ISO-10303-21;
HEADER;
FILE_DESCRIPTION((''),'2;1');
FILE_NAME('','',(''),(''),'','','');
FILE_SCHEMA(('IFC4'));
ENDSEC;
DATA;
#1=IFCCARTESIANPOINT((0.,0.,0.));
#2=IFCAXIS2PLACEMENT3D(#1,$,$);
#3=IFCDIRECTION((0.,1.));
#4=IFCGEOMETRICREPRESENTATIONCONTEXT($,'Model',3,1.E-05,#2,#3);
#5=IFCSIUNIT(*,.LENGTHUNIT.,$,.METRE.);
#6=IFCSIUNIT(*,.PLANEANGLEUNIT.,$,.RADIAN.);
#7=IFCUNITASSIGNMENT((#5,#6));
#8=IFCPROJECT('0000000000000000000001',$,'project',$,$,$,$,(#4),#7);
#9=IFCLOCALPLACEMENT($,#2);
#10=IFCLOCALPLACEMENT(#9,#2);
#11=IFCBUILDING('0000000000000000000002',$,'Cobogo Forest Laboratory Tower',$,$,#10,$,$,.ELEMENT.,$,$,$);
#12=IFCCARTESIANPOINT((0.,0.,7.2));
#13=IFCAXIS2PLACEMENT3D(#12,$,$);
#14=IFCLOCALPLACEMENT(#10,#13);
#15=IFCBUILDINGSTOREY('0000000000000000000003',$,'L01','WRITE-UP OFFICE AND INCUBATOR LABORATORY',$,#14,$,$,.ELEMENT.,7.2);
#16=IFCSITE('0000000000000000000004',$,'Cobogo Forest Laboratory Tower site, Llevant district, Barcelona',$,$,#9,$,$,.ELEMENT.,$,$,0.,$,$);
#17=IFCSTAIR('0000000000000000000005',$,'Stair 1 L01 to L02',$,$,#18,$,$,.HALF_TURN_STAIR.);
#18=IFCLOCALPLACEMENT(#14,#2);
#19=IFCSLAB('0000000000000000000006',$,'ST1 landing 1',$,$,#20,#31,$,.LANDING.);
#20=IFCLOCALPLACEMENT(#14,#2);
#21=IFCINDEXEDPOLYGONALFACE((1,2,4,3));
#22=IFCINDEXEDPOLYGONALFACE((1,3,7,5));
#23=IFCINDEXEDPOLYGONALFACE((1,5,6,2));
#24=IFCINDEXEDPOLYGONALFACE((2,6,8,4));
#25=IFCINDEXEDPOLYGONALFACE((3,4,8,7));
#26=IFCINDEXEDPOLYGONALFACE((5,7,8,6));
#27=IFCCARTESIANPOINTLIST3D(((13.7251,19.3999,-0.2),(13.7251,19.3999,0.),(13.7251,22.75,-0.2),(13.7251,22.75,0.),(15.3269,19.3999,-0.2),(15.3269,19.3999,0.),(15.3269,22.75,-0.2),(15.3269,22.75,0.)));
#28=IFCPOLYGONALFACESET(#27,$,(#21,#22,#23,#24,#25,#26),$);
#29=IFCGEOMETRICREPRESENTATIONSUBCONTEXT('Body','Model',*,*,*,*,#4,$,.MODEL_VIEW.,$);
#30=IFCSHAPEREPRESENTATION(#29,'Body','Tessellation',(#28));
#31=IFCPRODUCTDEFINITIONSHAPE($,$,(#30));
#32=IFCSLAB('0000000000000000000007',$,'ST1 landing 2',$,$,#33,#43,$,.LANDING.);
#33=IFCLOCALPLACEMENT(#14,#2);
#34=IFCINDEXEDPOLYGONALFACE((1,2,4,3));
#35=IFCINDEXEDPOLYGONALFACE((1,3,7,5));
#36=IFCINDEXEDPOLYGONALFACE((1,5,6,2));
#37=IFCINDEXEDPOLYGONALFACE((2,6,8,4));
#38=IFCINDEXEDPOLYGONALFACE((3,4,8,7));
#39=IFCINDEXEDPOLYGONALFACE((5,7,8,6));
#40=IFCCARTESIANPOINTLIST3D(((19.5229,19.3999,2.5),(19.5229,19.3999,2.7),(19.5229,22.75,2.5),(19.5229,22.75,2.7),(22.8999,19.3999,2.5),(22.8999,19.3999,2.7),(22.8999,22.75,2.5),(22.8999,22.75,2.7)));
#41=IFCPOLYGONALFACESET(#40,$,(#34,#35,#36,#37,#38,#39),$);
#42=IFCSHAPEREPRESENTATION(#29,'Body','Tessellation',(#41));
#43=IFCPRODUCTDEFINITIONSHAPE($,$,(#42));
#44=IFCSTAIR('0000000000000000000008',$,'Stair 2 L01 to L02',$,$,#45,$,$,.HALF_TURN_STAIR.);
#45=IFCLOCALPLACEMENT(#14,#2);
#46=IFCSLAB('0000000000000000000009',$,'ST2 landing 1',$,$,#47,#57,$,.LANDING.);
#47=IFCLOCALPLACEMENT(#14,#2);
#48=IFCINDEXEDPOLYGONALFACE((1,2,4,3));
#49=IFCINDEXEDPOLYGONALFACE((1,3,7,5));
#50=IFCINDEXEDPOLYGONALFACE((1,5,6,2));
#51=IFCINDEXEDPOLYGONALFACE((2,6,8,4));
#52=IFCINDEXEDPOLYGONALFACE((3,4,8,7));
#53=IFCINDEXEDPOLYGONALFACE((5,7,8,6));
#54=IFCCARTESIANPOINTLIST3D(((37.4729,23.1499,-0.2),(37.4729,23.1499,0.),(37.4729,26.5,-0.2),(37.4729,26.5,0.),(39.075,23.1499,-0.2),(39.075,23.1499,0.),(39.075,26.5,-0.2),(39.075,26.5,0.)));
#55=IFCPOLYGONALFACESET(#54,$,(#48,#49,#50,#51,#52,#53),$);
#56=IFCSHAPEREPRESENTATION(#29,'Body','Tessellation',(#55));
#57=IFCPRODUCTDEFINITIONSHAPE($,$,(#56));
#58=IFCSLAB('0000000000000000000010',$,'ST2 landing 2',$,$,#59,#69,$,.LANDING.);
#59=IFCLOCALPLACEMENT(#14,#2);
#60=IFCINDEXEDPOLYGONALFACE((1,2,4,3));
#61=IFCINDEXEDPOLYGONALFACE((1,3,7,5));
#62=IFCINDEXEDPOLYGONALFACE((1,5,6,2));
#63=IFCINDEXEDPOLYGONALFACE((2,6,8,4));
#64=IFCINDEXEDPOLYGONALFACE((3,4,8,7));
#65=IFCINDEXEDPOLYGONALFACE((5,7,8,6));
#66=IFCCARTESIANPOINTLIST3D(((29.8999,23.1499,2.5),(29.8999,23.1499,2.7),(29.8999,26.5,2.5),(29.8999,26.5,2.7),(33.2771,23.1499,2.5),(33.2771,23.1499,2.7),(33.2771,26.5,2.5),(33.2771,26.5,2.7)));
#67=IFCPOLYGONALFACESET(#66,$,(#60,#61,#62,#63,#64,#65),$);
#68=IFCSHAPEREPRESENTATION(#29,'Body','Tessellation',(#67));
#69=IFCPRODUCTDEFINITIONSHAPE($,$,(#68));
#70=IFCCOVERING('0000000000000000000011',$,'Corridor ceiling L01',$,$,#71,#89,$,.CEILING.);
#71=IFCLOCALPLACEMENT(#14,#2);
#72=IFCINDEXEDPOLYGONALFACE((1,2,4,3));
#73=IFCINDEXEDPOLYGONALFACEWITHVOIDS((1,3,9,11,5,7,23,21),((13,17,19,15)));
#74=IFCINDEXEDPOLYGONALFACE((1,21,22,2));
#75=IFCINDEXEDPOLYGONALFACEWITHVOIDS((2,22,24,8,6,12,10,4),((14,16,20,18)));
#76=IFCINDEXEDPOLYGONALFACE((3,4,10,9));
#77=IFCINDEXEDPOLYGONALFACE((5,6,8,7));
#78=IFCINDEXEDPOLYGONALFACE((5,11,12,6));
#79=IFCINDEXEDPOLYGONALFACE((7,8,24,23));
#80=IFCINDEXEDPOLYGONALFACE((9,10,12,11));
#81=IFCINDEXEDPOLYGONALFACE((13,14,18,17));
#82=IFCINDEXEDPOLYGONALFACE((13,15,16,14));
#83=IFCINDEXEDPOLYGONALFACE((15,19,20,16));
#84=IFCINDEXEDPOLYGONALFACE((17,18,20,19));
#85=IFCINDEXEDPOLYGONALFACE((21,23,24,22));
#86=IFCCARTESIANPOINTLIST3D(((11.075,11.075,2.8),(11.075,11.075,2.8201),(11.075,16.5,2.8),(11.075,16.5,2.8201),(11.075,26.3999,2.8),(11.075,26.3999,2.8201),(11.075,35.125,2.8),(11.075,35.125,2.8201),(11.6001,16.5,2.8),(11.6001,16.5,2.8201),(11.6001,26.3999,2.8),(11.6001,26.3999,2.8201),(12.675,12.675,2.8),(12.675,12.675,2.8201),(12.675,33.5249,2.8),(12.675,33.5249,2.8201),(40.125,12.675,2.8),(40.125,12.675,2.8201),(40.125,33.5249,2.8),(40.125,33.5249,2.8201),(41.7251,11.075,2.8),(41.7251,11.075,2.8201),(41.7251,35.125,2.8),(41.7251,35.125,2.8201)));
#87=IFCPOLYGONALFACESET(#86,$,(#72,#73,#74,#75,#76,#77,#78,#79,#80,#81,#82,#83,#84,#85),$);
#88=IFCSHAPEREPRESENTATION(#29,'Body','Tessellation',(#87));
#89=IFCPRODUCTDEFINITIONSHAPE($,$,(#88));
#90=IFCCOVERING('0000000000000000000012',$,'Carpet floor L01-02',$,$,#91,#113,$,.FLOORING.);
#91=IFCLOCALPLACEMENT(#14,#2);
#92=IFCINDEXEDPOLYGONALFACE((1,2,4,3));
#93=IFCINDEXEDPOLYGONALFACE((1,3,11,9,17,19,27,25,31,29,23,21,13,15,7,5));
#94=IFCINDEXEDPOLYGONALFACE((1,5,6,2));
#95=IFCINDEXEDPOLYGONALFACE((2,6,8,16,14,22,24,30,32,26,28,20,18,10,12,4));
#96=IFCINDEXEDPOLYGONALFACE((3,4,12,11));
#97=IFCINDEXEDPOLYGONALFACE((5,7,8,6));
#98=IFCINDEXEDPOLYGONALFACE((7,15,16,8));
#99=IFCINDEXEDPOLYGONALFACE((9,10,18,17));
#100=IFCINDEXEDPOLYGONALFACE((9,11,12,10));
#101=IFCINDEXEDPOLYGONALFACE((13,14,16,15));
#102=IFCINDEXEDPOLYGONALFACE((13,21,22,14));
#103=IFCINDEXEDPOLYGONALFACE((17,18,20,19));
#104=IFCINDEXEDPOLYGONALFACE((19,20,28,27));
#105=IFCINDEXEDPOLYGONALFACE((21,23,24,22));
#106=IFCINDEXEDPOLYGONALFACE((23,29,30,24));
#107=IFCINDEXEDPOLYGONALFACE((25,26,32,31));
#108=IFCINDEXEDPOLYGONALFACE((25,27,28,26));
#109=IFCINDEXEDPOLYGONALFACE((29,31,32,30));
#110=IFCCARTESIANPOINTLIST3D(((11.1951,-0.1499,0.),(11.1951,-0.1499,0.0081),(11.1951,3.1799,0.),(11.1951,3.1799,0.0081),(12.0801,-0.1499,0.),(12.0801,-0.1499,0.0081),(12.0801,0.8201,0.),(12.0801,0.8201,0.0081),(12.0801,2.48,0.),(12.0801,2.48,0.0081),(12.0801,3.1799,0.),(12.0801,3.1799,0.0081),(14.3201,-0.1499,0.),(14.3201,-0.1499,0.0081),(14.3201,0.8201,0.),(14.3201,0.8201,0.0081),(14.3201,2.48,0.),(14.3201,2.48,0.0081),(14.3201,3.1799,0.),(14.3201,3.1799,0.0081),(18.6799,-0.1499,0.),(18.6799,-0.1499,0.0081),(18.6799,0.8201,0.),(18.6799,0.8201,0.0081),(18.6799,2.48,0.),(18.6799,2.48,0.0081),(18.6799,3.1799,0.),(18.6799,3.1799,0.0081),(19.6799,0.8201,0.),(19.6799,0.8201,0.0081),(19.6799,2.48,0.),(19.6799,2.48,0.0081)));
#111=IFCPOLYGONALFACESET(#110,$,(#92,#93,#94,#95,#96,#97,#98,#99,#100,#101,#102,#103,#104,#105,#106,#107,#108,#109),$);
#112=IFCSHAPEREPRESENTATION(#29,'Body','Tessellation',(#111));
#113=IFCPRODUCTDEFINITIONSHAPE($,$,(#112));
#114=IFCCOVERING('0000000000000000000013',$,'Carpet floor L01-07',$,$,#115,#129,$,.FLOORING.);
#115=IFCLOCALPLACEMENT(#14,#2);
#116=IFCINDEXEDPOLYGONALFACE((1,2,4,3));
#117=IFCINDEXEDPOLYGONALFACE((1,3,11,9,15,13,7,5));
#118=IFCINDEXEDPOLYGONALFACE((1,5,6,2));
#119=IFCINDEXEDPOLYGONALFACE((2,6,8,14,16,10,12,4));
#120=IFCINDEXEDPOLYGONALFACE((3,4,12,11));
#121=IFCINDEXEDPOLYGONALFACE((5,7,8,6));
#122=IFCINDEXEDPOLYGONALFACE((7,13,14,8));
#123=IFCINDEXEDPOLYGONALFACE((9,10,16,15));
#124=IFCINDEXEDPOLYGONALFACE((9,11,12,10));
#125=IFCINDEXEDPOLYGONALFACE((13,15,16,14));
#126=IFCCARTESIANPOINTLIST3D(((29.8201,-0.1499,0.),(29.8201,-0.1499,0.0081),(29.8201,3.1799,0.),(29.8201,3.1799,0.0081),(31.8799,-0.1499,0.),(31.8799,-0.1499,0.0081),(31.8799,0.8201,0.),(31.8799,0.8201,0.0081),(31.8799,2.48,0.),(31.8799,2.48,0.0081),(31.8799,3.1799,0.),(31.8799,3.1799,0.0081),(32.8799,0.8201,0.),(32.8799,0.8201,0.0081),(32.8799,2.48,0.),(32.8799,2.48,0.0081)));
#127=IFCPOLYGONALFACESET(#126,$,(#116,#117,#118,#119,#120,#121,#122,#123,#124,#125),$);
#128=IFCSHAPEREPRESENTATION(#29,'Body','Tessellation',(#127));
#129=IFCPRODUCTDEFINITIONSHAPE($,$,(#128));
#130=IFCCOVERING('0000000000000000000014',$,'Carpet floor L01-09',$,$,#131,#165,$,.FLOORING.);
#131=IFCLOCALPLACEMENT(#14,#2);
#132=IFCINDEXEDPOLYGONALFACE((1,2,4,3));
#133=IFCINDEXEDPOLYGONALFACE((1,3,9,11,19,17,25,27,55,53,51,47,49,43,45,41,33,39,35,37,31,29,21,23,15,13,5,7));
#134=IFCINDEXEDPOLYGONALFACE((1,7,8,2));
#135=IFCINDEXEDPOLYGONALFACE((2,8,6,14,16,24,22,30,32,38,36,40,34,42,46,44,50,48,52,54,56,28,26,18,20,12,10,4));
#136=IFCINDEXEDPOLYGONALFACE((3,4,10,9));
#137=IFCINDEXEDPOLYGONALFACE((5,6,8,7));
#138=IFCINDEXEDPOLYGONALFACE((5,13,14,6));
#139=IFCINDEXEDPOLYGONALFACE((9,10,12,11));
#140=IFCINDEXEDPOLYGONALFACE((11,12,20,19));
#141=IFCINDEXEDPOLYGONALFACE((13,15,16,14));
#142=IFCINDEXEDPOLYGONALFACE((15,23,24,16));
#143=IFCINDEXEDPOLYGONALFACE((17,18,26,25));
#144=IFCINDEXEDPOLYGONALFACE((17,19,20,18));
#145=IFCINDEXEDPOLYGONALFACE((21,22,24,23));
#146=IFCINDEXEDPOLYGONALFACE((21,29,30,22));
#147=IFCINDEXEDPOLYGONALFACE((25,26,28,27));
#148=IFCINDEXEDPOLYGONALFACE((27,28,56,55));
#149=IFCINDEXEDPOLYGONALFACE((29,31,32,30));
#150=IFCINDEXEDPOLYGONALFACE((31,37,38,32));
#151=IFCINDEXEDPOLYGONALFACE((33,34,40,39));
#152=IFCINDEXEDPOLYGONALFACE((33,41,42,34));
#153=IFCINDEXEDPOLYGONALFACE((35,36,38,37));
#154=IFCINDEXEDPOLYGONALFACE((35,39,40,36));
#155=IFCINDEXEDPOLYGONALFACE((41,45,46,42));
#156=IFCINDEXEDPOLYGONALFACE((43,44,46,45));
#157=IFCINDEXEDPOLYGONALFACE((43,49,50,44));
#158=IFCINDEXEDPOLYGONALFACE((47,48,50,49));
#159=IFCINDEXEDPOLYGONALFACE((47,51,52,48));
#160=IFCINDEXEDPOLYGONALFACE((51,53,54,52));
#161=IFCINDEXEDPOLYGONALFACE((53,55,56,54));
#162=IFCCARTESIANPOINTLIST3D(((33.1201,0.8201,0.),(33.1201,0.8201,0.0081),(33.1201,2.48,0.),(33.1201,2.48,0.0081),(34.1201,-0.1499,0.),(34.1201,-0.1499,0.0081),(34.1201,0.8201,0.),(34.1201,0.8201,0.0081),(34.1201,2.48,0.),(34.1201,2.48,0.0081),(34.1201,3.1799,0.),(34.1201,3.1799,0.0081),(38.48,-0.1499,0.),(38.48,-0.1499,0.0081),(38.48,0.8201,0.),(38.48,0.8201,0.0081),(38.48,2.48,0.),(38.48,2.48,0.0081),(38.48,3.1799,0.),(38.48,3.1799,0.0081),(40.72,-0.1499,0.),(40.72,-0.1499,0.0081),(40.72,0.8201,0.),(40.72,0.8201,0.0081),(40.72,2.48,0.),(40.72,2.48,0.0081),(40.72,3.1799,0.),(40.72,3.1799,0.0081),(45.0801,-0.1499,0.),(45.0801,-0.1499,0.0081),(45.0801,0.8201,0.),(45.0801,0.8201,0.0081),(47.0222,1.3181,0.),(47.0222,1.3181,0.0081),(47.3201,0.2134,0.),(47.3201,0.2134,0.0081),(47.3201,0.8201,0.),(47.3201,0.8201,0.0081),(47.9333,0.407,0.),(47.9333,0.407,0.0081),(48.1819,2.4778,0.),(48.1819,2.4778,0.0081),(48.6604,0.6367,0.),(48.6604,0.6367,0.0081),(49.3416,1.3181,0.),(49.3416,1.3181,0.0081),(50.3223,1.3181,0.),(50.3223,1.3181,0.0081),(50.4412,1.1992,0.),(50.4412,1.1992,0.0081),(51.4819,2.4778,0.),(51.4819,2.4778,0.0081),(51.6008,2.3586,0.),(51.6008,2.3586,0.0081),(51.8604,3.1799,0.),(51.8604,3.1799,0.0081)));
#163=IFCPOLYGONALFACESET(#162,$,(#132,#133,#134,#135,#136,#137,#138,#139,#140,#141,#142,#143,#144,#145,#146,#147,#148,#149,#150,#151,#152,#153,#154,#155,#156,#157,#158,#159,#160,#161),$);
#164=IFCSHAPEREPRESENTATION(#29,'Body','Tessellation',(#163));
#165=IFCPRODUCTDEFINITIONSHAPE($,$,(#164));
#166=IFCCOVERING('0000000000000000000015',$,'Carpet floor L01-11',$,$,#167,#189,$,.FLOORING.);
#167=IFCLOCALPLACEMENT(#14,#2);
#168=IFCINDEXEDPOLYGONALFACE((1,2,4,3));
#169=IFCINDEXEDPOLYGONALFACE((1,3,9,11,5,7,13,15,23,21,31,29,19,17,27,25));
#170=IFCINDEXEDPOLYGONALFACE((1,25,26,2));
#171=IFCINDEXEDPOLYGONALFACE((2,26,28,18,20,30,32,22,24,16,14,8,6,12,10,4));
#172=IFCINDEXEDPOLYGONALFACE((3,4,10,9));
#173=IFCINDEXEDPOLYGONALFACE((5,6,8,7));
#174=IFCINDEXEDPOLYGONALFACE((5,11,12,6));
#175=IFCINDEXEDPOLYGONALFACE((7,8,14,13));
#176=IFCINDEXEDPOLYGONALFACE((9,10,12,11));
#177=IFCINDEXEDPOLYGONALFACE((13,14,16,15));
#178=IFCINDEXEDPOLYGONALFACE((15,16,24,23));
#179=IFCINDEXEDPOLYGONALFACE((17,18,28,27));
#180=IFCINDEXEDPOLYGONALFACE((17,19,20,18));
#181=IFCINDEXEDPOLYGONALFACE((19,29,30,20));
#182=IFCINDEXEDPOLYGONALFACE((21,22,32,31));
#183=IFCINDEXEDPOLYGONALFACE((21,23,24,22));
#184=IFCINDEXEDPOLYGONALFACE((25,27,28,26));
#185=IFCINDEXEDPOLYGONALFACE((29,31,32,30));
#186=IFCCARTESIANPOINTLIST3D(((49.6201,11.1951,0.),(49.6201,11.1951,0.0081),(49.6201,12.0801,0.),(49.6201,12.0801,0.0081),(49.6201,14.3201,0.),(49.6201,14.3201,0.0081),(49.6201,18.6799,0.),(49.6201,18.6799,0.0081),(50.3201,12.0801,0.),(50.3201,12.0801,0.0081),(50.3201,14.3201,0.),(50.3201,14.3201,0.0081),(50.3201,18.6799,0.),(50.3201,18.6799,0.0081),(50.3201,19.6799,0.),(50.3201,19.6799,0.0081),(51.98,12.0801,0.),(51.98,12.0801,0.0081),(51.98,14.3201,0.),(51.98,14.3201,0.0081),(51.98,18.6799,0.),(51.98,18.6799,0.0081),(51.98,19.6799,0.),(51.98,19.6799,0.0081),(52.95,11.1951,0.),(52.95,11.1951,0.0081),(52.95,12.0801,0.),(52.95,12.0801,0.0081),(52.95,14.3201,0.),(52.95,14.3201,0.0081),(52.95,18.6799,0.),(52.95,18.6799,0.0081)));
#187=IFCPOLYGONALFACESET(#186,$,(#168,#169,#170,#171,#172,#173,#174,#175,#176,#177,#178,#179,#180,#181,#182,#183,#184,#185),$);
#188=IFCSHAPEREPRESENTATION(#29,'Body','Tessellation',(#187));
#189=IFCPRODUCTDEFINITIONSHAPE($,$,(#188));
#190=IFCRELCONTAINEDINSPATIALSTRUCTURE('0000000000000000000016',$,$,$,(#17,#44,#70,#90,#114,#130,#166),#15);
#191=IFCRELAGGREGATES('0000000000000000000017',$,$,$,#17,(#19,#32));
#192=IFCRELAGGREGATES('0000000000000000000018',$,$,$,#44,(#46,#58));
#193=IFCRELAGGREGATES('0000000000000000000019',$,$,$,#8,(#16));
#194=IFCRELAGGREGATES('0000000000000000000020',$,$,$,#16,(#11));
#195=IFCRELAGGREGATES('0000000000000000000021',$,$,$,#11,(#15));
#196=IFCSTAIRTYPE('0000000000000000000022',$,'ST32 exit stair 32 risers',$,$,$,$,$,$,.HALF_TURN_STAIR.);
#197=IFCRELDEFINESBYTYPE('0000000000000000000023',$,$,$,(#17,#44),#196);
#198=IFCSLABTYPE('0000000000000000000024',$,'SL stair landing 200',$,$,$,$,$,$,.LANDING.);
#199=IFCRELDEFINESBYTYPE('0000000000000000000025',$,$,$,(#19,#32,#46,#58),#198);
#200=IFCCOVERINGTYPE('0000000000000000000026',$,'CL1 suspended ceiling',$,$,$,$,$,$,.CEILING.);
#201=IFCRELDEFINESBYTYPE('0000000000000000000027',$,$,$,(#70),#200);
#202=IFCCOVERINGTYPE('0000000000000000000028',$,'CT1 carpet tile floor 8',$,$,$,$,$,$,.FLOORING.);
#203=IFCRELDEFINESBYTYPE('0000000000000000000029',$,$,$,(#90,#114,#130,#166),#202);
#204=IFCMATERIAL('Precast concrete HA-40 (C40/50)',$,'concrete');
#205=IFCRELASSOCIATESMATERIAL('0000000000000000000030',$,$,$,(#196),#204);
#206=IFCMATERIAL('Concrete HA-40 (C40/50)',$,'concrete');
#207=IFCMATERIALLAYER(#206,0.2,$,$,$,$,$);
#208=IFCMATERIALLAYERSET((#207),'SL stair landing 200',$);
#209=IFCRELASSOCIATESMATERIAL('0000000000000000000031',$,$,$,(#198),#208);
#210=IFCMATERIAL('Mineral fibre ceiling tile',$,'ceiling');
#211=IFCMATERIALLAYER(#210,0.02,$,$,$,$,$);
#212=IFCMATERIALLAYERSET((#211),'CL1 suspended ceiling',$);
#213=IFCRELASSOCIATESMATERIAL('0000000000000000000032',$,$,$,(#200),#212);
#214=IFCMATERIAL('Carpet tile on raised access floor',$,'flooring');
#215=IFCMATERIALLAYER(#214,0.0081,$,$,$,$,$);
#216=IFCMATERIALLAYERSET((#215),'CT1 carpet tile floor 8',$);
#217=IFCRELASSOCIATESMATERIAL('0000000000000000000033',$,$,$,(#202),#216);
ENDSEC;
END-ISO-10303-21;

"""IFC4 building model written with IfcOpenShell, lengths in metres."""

from ifc_helpers import new_model, si_unit, direction, frame, origin, place, context, subcontext, project, spatial, polyline, outline, extrude, material, layer, layer_set, type_object, element, aggregate, save


model = new_model("IFC4")

# Units and contexts
model_context = context("Model", 3, precision=1e-05, world=origin(), true_north=direction((0.0, 1.0)))
body_context = subcontext(model_context, "Body", "Model", "MODEL_VIEW")
ifc_project = project(units=[si_unit("LENGTHUNIT", "METRE"), si_unit("PLANEANGLEUNIT", "RADIAN")], contexts=[model_context])

# Site, building, storey
site_placement = place(None, origin())
site = spatial("IfcSite", under=ifc_project, at=site_placement, Name="Cobogo Forest Laboratory Tower site, Llevant district, Barcelona", CompositionType="ELEMENT", RefElevation=0.0)
building_placement = place(site_placement, origin())
building = spatial("IfcBuilding", under=site, at=building_placement, Name="Cobogo Forest Laboratory Tower", CompositionType="ELEMENT")
storey_placement = place(building_placement, frame((0.0, 0.0, 7.2)))
storey = spatial("IfcBuildingStorey", under=building, at=storey_placement, Name="L01", Description="WRITE-UP OFFICE AND INCUBATOR LABORATORY", CompositionType="ELEMENT", Elevation=7.2)

# Shared definitions
ifc_material_1 = material(Name="Concrete HA-40 (C40/50)", Category="concrete")

# Stairs, slabs
ifc_material_2 = material(Name="Precast concrete HA-40 (C40/50)", Category="concrete")
stair_type = type_object("IfcStairType", Name="ST32 exit stair 32 risers", PredefinedType="HALF_TURN_STAIR", material=ifc_material_2)
stair_1_placement = place(storey_placement, origin())
stair_1 = element("IfcStair", 1, at=stair_1_placement, inside=storey, type_object=stair_type, Name="Stair 1 L01 to L02", PredefinedType="HALF_TURN_STAIR")
ifc_layer_1 = layer(ifc_material_1, 0.2)
ifc_layer_set_1 = layer_set([ifc_layer_1], Name="SL stair landing 200")
slab_type_1 = type_object("IfcSlabType", Name="SL stair landing 200", PredefinedType="LANDING", material=ifc_layer_set_1)
slab_1_placement = place(storey_placement, frame((0.0, 0.0, -0.2)))
slab_1 = element("IfcSlab", 2, at=slab_1_placement, type_object=slab_type_1, Name="ST1 landing 1", PredefinedType="LANDING", context=body_context, shape_type="SweptSolid", body=[
    extrude(outline(polyline([(13.7251, 19.3999), (15.3269, 19.3999), (15.3269, 22.75), (13.7251, 22.75), (13.7251, 19.3999)])), origin(), (0.0, 0.0, 1.0), 0.2),
])
slab_2_placement = place(storey_placement, frame((0.0, 0.0, 2.5)))
slab_2 = element("IfcSlab", 3, at=slab_2_placement, type_object=slab_type_1, Name="ST1 landing 2", PredefinedType="LANDING", context=body_context, shape_type="SweptSolid", body=[
    extrude(outline(polyline([(19.5229, 19.3999), (22.8999, 19.3999), (22.8999, 22.75), (19.5229, 22.75), (19.5229, 19.3999)])), origin(), (0.0, 0.0, 1.0), 0.2),
])
aggregate(stair_1, [slab_1, slab_2])
stair_2_placement = place(storey_placement, origin())
stair_2 = element("IfcStair", 4, at=stair_2_placement, inside=storey, type_object=stair_type, Name="Stair 2 L01 to L02", PredefinedType="HALF_TURN_STAIR")
slab_3_placement = place(storey_placement, frame((0.0, 0.0, -0.2)))
slab_3 = element("IfcSlab", 5, at=slab_3_placement, type_object=slab_type_1, Name="ST2 landing 1", PredefinedType="LANDING", context=body_context, shape_type="SweptSolid", body=[
    extrude(outline(polyline([(37.4729, 23.1499), (39.075, 23.1499), (39.075, 26.5), (37.4729, 26.5), (37.4729, 23.1499)])), origin(), (0.0, 0.0, 1.0), 0.2),
])
slab_4_placement = place(storey_placement, frame((0.0, 0.0, 2.5)))
slab_4 = element("IfcSlab", 6, at=slab_4_placement, type_object=slab_type_1, Name="ST2 landing 2", PredefinedType="LANDING", context=body_context, shape_type="SweptSolid", body=[
    extrude(outline(polyline([(29.8999, 23.1499), (33.2771, 23.1499), (33.2771, 26.5), (29.8999, 26.5), (29.8999, 23.1499)])), origin(), (0.0, 0.0, 1.0), 0.2),
])
aggregate(stair_2, [slab_3, slab_4])

# Coverings
ifc_material_3 = material(Name="Mineral fibre ceiling tile", Category="ceiling")
ifc_layer_2 = layer(ifc_material_3, 0.02)
ifc_layer_set_2 = layer_set([ifc_layer_2], Name="CL1 suspended ceiling")
covering_type_1 = type_object("IfcCoveringType", Name="CL1 suspended ceiling", PredefinedType="CEILING", material=ifc_layer_set_2)
covering_1_placement = place(storey_placement, frame((0.0, 0.0, 2.8)))
element("IfcCovering", 7, at=covering_1_placement, inside=storey, type_object=covering_type_1, Name="Corridor ceiling L01", PredefinedType="CEILING", context=body_context, shape_type="SweptSolid", body=[
    extrude(outline(polyline([(11.075, 16.5), (11.6001, 16.5), (11.6001, 26.3999), (11.075, 26.3999), (11.075, 35.125), (41.7251, 35.125), (41.7251, 11.075), (11.075, 11.075), (11.075, 16.5)]), holes=[polyline([(12.675, 33.5249), (12.675, 12.675), (40.125, 12.675), (40.125, 33.5249), (12.675, 33.5249)])]), origin(), (0.0, 0.0, 1.0), 0.02),
])
ifc_material_4 = material(Name="Carpet tile on raised access floor", Category="flooring")
ifc_layer_3 = layer(ifc_material_4, 0.0081)
ifc_layer_set_3 = layer_set([ifc_layer_3], Name="CT1 carpet tile floor 8")
covering_type_2 = type_object("IfcCoveringType", Name="CT1 carpet tile floor 8", PredefinedType="FLOORING", material=ifc_layer_set_3)
covering_2_placement = place(storey_placement, origin())
element("IfcCovering", 8, at=covering_2_placement, inside=storey, type_object=covering_type_2, Name="Carpet floor L01-02", PredefinedType="FLOORING", context=body_context, shape_type="SweptSolid", body=[
    extrude(outline(polyline([(12.0801, 3.1799), (12.0801, 2.48), (14.3201, 2.48), (14.3201, 3.1799), (18.6799, 3.1799), (18.6799, 2.48), (19.6799, 2.48), (19.6799, 0.8201), (18.6799, 0.8201), (18.6799, -0.1499), (14.3201, -0.1499), (14.3201, 0.8201), (12.0801, 0.8201), (12.0801, -0.1499), (11.1951, -0.1499), (11.1951, 3.1799), (12.0801, 3.1799)])), origin(), (0.0, 0.0, 1.0), 0.0081),
])
covering_3_placement = place(storey_placement, origin())
element("IfcCovering", 9, at=covering_3_placement, inside=storey, type_object=covering_type_2, Name="Carpet floor L01-07", PredefinedType="FLOORING", context=body_context, shape_type="SweptSolid", body=[
    extrude(outline(polyline([(31.8799, 3.1799), (31.8799, 2.48), (32.8799, 2.48), (32.8799, 0.8201), (31.8799, 0.8201), (31.8799, -0.1499), (29.8201, -0.1499), (29.8201, 3.1799), (31.8799, 3.1799)])), origin(), (0.0, 0.0, 1.0), 0.0081),
])
covering_4_placement = place(storey_placement, origin())
element("IfcCovering", 10, at=covering_4_placement, inside=storey, type_object=covering_type_2, Name="Carpet floor L01-09", PredefinedType="FLOORING", context=body_context, shape_type="SweptSolid", body=[
    extrude(outline(polyline([(38.48, 3.1799), (38.48, 2.48), (40.72, 2.48), (40.72, 3.1799), (51.8604, 3.1799), (51.6008, 2.3586), (51.4819, 2.4778), (50.3223, 1.3181), (50.4412, 1.1992), (48.6604, 0.6367), (49.3416, 1.3181), (48.1819, 2.4778), (47.0222, 1.3181), (47.9333, 0.407), (47.3201, 0.2134), (47.3201, 0.8201), (45.0801, 0.8201), (45.0801, -0.1499), (40.72, -0.1499), (40.72, 0.8201), (38.48, 0.8201), (38.48, -0.1499), (34.1201, -0.1499), (34.1201, 0.8201), (33.1201, 0.8201), (33.1201, 2.48), (34.1201, 2.48), (34.1201, 3.1799), (38.48, 3.1799)])), origin(), (0.0, 0.0, 1.0), 0.0081),
])
covering_5_placement = place(storey_placement, origin())
element("IfcCovering", 11, at=covering_5_placement, inside=storey, type_object=covering_type_2, Name="Carpet floor L01-11", PredefinedType="FLOORING", context=body_context, shape_type="SweptSolid", body=[
    extrude(outline(polyline([(49.6201, 12.0801), (50.3201, 12.0801), (50.3201, 14.3201), (49.6201, 14.3201), (49.6201, 18.6799), (50.3201, 18.6799), (50.3201, 19.6799), (51.98, 19.6799), (51.98, 18.6799), (52.95, 18.6799), (52.95, 14.3201), (51.98, 14.3201), (51.98, 12.0801), (52.95, 12.0801), (52.95, 11.1951), (49.6201, 11.1951), (49.6201, 12.0801)])), origin(), (0.0, 0.0, 1.0), 0.0081),
])

save(model, "model.ifc")
